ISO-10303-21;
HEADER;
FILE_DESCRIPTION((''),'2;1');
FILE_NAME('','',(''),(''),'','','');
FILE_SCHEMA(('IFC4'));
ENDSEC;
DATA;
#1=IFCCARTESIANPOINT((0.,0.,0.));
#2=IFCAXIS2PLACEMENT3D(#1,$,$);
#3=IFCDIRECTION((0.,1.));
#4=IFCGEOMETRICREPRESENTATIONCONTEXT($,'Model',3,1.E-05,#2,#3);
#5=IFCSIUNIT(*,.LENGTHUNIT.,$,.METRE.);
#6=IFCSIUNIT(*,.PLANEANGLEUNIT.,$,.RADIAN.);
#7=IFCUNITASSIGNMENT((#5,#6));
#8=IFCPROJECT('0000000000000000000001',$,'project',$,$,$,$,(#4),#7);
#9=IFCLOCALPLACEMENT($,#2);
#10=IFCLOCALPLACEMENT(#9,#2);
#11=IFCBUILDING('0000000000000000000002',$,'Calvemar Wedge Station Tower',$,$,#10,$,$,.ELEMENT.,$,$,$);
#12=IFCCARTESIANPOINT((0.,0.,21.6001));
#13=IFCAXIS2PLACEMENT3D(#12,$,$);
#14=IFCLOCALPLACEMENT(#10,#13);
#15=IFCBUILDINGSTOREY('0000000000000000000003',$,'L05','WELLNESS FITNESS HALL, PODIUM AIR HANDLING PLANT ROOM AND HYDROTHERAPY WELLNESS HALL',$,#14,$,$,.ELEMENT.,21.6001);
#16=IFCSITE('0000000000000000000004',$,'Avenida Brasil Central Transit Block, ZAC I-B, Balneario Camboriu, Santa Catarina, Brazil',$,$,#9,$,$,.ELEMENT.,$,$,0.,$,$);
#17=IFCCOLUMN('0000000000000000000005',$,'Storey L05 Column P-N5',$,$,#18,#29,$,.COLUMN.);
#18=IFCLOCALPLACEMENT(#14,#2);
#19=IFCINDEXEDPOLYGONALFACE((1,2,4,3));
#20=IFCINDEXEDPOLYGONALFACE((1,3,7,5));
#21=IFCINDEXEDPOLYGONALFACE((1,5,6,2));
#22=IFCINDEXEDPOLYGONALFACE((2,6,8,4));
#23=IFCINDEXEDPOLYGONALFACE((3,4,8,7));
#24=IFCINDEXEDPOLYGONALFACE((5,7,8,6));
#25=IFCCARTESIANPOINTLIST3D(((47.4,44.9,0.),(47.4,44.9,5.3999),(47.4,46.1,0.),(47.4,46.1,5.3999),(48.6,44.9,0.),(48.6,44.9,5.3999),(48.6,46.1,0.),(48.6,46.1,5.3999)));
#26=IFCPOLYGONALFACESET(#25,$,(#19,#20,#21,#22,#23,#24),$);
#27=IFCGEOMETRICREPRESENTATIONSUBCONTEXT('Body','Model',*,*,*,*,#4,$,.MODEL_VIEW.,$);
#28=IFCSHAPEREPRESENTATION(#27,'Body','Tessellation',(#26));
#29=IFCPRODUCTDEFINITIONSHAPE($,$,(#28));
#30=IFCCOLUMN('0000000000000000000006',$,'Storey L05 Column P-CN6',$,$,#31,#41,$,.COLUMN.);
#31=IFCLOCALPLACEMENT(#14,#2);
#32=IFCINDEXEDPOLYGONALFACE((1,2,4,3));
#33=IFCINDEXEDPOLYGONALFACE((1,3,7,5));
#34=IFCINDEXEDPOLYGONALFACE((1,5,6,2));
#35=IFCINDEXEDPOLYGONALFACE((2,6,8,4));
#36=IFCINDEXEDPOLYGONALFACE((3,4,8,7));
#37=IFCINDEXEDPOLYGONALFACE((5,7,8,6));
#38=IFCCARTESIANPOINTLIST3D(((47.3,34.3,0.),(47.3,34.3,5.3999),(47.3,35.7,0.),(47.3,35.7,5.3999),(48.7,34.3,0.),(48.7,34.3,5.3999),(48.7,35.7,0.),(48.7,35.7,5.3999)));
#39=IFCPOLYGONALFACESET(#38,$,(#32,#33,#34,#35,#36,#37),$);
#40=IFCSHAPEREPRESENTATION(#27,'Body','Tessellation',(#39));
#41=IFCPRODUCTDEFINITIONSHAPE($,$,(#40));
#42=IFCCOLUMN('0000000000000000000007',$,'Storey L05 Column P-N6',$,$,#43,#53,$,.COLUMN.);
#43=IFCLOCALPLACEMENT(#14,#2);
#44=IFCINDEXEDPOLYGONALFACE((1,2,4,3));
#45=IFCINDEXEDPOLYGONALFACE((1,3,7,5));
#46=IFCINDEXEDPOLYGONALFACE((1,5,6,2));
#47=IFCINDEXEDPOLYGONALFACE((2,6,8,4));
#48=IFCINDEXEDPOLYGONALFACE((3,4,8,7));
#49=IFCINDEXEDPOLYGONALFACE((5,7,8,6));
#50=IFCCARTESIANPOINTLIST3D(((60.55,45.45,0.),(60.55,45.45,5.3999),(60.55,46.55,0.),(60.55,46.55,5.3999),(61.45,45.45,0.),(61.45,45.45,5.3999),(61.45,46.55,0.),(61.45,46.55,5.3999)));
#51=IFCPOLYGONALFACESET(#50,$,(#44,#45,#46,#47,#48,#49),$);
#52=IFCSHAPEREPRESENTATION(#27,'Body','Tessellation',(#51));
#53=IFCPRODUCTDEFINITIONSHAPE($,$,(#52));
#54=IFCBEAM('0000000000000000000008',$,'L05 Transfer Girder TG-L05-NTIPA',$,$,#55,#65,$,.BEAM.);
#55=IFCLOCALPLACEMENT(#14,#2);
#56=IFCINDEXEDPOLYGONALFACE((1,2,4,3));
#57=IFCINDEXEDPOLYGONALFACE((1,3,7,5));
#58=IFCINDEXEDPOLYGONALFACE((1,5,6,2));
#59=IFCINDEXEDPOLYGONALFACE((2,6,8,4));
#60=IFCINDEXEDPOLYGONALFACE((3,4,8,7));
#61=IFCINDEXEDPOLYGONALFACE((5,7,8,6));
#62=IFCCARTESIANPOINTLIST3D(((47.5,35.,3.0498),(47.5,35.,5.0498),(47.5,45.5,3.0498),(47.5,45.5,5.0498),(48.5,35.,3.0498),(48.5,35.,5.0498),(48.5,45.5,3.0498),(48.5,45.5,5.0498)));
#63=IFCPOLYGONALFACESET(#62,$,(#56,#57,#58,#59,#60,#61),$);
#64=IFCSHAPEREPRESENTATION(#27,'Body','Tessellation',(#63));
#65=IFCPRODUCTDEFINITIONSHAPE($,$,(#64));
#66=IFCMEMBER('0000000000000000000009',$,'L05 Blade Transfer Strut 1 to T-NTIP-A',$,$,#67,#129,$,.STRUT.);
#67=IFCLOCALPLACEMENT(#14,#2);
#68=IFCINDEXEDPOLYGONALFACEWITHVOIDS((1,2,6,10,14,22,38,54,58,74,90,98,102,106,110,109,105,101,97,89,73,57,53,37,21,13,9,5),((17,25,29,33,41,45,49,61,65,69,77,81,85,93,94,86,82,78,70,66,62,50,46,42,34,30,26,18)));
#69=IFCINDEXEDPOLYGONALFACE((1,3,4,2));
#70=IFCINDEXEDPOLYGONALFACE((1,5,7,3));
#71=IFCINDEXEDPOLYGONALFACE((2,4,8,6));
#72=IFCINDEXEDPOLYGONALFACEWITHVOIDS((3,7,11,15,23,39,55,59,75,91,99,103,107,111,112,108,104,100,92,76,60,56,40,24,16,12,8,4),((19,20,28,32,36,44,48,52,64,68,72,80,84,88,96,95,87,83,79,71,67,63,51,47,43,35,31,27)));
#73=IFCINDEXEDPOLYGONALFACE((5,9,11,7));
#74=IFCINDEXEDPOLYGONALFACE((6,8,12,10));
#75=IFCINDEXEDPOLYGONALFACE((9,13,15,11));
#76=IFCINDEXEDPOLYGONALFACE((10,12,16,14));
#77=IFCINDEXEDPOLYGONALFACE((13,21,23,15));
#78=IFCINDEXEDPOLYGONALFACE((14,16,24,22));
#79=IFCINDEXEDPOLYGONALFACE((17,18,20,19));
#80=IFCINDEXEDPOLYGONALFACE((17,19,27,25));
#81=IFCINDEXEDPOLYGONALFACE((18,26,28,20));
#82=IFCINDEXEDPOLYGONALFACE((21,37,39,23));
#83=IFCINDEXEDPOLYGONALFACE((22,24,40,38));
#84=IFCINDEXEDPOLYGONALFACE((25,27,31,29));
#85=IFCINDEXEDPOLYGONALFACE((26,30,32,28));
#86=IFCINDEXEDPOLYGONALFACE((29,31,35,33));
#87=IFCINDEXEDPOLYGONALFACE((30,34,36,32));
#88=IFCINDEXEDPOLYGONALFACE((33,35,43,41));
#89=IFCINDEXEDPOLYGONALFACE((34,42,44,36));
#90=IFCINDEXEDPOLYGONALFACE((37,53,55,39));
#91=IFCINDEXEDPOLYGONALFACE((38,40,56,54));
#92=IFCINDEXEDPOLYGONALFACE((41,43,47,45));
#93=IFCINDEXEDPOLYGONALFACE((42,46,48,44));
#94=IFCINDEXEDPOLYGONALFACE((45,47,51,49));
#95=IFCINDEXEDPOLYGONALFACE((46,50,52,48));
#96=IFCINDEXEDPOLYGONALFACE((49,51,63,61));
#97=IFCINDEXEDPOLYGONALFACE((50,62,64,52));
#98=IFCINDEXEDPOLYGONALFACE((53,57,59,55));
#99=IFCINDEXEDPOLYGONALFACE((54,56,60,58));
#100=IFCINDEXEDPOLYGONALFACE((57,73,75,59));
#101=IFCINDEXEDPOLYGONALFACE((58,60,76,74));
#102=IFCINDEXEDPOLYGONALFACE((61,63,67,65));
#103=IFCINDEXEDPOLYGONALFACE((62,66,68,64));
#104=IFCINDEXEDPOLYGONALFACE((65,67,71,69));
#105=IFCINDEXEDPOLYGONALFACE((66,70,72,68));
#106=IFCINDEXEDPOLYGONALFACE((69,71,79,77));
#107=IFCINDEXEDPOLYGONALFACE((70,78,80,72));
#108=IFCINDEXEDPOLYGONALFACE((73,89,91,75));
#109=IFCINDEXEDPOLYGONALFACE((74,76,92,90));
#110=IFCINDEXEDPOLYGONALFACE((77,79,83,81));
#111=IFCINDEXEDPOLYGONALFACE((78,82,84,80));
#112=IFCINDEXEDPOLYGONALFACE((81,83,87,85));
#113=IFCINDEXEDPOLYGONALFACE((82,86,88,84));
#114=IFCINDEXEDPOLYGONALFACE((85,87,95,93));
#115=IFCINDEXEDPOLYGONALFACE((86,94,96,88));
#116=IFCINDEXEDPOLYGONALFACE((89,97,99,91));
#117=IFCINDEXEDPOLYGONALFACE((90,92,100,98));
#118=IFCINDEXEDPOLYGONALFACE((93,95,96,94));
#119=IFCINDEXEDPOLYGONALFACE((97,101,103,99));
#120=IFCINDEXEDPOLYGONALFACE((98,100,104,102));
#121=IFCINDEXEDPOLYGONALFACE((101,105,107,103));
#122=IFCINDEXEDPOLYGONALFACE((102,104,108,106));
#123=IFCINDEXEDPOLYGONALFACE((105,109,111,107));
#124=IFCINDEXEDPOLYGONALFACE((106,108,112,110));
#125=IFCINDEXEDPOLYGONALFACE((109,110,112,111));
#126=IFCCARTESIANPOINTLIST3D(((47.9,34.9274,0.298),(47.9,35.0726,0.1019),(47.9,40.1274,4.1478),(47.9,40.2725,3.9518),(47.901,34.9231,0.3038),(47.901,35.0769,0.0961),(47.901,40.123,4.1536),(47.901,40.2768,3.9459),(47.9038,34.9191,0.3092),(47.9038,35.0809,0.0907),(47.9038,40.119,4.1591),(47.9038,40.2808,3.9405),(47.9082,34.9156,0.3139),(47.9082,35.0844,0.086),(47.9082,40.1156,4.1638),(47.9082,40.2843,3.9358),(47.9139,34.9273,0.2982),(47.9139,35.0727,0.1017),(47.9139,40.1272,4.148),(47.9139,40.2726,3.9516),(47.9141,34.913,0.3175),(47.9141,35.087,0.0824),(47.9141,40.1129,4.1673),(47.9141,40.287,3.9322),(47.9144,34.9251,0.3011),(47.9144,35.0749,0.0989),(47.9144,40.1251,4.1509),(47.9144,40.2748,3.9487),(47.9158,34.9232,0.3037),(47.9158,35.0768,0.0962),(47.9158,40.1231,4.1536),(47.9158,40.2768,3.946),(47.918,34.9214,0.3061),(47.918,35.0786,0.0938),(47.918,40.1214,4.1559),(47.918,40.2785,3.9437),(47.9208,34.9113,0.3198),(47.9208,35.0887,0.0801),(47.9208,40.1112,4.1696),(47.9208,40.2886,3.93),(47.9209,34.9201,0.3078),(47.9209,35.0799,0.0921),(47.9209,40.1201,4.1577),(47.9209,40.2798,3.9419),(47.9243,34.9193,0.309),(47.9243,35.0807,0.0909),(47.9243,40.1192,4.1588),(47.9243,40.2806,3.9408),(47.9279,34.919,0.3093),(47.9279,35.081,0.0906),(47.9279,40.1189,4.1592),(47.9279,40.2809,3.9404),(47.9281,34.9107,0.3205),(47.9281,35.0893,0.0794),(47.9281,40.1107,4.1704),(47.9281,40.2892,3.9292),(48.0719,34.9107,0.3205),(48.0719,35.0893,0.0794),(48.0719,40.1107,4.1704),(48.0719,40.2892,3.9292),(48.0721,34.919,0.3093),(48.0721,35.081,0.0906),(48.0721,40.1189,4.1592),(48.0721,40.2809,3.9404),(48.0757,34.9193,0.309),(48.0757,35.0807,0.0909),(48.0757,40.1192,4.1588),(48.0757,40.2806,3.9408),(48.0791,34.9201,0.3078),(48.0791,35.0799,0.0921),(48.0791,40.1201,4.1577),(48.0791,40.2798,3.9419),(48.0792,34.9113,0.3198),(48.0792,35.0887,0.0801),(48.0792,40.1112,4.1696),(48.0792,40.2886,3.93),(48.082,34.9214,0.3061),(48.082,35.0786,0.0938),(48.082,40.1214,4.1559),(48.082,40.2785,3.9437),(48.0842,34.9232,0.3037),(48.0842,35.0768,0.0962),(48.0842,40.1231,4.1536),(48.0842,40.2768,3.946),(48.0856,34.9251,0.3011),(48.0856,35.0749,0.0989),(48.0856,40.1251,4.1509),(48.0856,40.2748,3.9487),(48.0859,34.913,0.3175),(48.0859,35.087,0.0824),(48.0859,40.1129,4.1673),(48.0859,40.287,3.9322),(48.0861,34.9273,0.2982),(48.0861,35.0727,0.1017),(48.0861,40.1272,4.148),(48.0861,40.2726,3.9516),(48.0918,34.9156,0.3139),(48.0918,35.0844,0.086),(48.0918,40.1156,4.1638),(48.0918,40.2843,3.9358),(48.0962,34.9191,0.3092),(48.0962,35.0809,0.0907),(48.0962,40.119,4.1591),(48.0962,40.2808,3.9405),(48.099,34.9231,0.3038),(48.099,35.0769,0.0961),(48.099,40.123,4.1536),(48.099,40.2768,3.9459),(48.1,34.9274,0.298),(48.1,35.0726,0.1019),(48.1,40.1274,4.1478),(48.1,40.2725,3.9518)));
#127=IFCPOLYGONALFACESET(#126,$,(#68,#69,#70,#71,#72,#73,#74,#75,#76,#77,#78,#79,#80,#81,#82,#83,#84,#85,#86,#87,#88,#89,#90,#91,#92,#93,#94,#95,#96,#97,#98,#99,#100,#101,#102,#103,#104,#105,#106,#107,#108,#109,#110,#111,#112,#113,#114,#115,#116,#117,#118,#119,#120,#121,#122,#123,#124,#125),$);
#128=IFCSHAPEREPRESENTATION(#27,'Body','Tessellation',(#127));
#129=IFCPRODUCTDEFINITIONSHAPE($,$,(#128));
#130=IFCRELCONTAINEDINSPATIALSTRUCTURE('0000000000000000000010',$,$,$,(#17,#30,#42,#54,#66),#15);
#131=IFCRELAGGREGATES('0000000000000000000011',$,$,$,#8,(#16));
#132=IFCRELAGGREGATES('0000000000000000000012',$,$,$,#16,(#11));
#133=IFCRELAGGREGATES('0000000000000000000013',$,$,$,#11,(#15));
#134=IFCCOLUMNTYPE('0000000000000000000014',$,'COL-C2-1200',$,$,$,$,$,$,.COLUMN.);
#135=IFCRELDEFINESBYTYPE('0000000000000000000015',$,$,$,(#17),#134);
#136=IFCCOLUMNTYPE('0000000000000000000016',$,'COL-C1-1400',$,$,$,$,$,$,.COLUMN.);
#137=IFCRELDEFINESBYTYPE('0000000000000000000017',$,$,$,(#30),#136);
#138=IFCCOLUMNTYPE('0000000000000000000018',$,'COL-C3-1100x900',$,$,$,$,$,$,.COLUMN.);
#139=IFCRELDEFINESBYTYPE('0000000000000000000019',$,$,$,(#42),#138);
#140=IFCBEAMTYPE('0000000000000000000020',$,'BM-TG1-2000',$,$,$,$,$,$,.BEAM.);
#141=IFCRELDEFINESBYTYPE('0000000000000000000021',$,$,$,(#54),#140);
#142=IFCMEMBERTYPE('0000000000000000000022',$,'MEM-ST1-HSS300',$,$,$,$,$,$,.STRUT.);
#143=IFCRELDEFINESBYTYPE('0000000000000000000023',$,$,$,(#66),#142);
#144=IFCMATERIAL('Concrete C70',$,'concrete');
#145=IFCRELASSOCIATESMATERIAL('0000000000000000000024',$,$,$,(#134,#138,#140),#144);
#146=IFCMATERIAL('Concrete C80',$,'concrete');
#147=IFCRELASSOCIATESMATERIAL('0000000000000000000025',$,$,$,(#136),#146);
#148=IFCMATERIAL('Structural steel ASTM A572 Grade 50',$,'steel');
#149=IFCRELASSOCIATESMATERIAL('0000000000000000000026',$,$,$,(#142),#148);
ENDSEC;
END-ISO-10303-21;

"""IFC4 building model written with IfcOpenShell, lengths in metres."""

from ifc_helpers import new_model, si_unit, direction, frame, origin, origin_2d, place, context, subcontext, project, spatial, rectangle, hollow_rectangle, extrude, source, transform, mapped, material, material_profile, profile_set, type_object, element, save


model = new_model("IFC4")

# Units and contexts
model_context = context("Model", 3, precision=1e-05, world=origin(), true_north=direction((0.0, 1.0)))
body_context = subcontext(model_context, "Body", "Model", "MODEL_VIEW")
ifc_project = project(units=[si_unit("LENGTHUNIT", "METRE"), si_unit("PLANEANGLEUNIT", "RADIAN")], contexts=[model_context])

# Site, building, storey
site_placement = place(None, origin())
site = spatial("IfcSite", under=ifc_project, at=site_placement, Name="Avenida Brasil Central Transit Block, ZAC I-B, Balneario Camboriu, Santa Catarina, Brazil", CompositionType="ELEMENT", RefElevation=0.0)
building_placement = place(site_placement, origin())
building = spatial("IfcBuilding", under=site, at=building_placement, Name="Calvemar Wedge Station Tower", CompositionType="ELEMENT")
storey_placement = place(building_placement, frame((0.0, 0.0, 21.6001)))
storey = spatial("IfcBuildingStorey", under=building, at=storey_placement, Name="L05", Description="WELLNESS FITNESS HALL, PODIUM AIR HANDLING PLANT ROOM AND HYDROTHERAPY WELLNESS HALL", CompositionType="ELEMENT", Elevation=21.6001)

# Columns
ifc_material_1 = material(Name="Concrete C70", Category="concrete")
ifc_material_profile_1 = material_profile(ifc_material_1, rectangle(XDim=1.2, YDim=1.2, at=origin_2d()), Name="RC1200x1200")
ifc_profile_set_1 = profile_set([ifc_material_profile_1], Name="Concrete C70")
column_type_1 = type_object("IfcColumnType", Name="COL-C2-1200", PredefinedType="COLUMN", material=ifc_profile_set_1)
shared_shape_1 = source(origin(), body_context, "Body", "SweptSolid", [
    extrude(rectangle(XDim=1.2, YDim=1.2, at=origin_2d()), origin(), (0.0, 0.0, 1.0), 5.3999),
])
column_1_placement = place(storey_placement, frame((48.0, 45.5, 0.0), z_axis=(0.0, 0.0, 1.0), x_axis=(1.0, 0.0, 0.0)))
element("IfcColumn", 1, at=column_1_placement, inside=storey, type_object=column_type_1, Name="Storey L05 Column P-N5", PredefinedType="COLUMN", context=body_context, shape_type="MappedRepresentation", body=[
    mapped(shared_shape_1, transform((0.0, 0.0, 0.0), scale=1.0)),
])
ifc_material_2 = material(Name="Concrete C80", Category="concrete")
ifc_material_profile_2 = material_profile(ifc_material_2, rectangle(XDim=1.3999, YDim=1.3999, at=origin_2d()), Name="RC1400x1400")
ifc_profile_set_2 = profile_set([ifc_material_profile_2], Name="Concrete C80")
column_type_2 = type_object("IfcColumnType", Name="COL-C1-1400", PredefinedType="COLUMN", material=ifc_profile_set_2)
shared_shape_2 = source(origin(), body_context, "Body", "SweptSolid", [
    extrude(rectangle(XDim=1.3999, YDim=1.3999, at=origin_2d()), origin(), (0.0, 0.0, 1.0), 5.3999),
])
column_2_placement = place(storey_placement, frame((48.0, 35.0, 0.0), z_axis=(0.0, 0.0, 1.0), x_axis=(1.0, 0.0, 0.0)))
element("IfcColumn", 2, at=column_2_placement, inside=storey, type_object=column_type_2, Name="Storey L05 Column P-CN6", PredefinedType="COLUMN", context=body_context, shape_type="MappedRepresentation", body=[
    mapped(shared_shape_2, transform((0.0, 0.0, 0.0), scale=1.0)),
])
ifc_material_profile_3 = material_profile(ifc_material_1, rectangle(XDim=0.8999, YDim=1.1001, at=origin_2d()), Name="RC1100x900")
ifc_profile_set_3 = profile_set([ifc_material_profile_3], Name="Concrete C70")
column_type_3 = type_object("IfcColumnType", Name="COL-C3-1100x900", PredefinedType="COLUMN", material=ifc_profile_set_3)
shared_shape_3 = source(origin(), body_context, "Body", "SweptSolid", [
    extrude(rectangle(XDim=0.8999, YDim=1.1001, at=origin_2d()), origin(), (0.0, 0.0, 1.0), 5.3999),
])
column_3_placement = place(storey_placement, frame((61.0, 46.0, 0.0), z_axis=(0.0, 0.0, 1.0), x_axis=(1.0, 0.0, 0.0)))
element("IfcColumn", 3, at=column_3_placement, inside=storey, type_object=column_type_3, Name="Storey L05 Column P-N6", PredefinedType="COLUMN", context=body_context, shape_type="MappedRepresentation", body=[
    mapped(shared_shape_3, transform((0.0, 0.0, 0.0), scale=1.0)),
])

# Beam
ifc_material_profile_4 = material_profile(ifc_material_1, rectangle(XDim=1.0, YDim=2.0, at=origin_2d()), Name="RC1000x2000")
ifc_profile_set_4 = profile_set([ifc_material_profile_4], Name="Concrete C70")
beam_type_1 = type_object("IfcBeamType", Name="BM-TG1-2000", PredefinedType="BEAM", material=ifc_profile_set_4)
shared_shape_4 = source(origin(), body_context, "Body", "SweptSolid", [
    extrude(rectangle(XDim=1.0, YDim=2.0, at=origin_2d()), origin(), (0.0, 0.0, 1.0), 10.5),
])
beam_1_placement = place(storey_placement, frame((48.0, 35.0, 4.0498), z_axis=(0.0, 1.0, 0.0), x_axis=(-1.0, 0.0, 0.0)))
element("IfcBeam", 4, at=beam_1_placement, inside=storey, type_object=beam_type_1, Name="L05 Transfer Girder TG-L05-NTIPA", PredefinedType="BEAM", context=body_context, shape_type="MappedRepresentation", body=[
    mapped(shared_shape_4, transform((0.0, 0.0, 0.0), scale=1.0)),
])

# Member
ifc_material_3 = material(Name="Structural steel ASTM A572 Grade 50", Category="steel")
ifc_material_profile_5 = material_profile(ifc_material_3, hollow_rectangle(XDim=0.2, YDim=0.3, WallThickness=0.0139, InnerFilletRadius=0.0139, OuterFilletRadius=0.0281, at=origin_2d()), Name="HSS300x200x14")
ifc_profile_set_5 = profile_set([ifc_material_profile_5], Name="Structural steel ASTM A572 Grade 50")
member_type_1 = type_object("IfcMemberType", Name="MEM-ST1-HSS300", PredefinedType="STRUT", material=ifc_profile_set_5)
shared_shape_5 = source(origin(), body_context, "Body", "SweptSolid", [
    extrude(hollow_rectangle(XDim=0.2, YDim=0.3, WallThickness=0.0139, InnerFilletRadius=0.0139, OuterFilletRadius=0.0281, at=origin_2d()), origin(), (0.0, 0.0, 1.0), 6.47),
])
member_1_placement = place(storey_placement, frame((48.0, 35.0, 0.2), z_axis=(0.0, 0.803702, 0.595032), x_axis=(-1.0, 0.0, 0.0)))
element("IfcMember", 5, at=member_1_placement, inside=storey, type_object=member_type_1, Name="L05 Blade Transfer Strut 1 to T-NTIP-A", PredefinedType="STRUT", context=body_context, shape_type="MappedRepresentation", body=[
    mapped(shared_shape_5, transform((0.0, 0.0, 0.0), scale=1.0)),
])

save(model, "model.ifc")
